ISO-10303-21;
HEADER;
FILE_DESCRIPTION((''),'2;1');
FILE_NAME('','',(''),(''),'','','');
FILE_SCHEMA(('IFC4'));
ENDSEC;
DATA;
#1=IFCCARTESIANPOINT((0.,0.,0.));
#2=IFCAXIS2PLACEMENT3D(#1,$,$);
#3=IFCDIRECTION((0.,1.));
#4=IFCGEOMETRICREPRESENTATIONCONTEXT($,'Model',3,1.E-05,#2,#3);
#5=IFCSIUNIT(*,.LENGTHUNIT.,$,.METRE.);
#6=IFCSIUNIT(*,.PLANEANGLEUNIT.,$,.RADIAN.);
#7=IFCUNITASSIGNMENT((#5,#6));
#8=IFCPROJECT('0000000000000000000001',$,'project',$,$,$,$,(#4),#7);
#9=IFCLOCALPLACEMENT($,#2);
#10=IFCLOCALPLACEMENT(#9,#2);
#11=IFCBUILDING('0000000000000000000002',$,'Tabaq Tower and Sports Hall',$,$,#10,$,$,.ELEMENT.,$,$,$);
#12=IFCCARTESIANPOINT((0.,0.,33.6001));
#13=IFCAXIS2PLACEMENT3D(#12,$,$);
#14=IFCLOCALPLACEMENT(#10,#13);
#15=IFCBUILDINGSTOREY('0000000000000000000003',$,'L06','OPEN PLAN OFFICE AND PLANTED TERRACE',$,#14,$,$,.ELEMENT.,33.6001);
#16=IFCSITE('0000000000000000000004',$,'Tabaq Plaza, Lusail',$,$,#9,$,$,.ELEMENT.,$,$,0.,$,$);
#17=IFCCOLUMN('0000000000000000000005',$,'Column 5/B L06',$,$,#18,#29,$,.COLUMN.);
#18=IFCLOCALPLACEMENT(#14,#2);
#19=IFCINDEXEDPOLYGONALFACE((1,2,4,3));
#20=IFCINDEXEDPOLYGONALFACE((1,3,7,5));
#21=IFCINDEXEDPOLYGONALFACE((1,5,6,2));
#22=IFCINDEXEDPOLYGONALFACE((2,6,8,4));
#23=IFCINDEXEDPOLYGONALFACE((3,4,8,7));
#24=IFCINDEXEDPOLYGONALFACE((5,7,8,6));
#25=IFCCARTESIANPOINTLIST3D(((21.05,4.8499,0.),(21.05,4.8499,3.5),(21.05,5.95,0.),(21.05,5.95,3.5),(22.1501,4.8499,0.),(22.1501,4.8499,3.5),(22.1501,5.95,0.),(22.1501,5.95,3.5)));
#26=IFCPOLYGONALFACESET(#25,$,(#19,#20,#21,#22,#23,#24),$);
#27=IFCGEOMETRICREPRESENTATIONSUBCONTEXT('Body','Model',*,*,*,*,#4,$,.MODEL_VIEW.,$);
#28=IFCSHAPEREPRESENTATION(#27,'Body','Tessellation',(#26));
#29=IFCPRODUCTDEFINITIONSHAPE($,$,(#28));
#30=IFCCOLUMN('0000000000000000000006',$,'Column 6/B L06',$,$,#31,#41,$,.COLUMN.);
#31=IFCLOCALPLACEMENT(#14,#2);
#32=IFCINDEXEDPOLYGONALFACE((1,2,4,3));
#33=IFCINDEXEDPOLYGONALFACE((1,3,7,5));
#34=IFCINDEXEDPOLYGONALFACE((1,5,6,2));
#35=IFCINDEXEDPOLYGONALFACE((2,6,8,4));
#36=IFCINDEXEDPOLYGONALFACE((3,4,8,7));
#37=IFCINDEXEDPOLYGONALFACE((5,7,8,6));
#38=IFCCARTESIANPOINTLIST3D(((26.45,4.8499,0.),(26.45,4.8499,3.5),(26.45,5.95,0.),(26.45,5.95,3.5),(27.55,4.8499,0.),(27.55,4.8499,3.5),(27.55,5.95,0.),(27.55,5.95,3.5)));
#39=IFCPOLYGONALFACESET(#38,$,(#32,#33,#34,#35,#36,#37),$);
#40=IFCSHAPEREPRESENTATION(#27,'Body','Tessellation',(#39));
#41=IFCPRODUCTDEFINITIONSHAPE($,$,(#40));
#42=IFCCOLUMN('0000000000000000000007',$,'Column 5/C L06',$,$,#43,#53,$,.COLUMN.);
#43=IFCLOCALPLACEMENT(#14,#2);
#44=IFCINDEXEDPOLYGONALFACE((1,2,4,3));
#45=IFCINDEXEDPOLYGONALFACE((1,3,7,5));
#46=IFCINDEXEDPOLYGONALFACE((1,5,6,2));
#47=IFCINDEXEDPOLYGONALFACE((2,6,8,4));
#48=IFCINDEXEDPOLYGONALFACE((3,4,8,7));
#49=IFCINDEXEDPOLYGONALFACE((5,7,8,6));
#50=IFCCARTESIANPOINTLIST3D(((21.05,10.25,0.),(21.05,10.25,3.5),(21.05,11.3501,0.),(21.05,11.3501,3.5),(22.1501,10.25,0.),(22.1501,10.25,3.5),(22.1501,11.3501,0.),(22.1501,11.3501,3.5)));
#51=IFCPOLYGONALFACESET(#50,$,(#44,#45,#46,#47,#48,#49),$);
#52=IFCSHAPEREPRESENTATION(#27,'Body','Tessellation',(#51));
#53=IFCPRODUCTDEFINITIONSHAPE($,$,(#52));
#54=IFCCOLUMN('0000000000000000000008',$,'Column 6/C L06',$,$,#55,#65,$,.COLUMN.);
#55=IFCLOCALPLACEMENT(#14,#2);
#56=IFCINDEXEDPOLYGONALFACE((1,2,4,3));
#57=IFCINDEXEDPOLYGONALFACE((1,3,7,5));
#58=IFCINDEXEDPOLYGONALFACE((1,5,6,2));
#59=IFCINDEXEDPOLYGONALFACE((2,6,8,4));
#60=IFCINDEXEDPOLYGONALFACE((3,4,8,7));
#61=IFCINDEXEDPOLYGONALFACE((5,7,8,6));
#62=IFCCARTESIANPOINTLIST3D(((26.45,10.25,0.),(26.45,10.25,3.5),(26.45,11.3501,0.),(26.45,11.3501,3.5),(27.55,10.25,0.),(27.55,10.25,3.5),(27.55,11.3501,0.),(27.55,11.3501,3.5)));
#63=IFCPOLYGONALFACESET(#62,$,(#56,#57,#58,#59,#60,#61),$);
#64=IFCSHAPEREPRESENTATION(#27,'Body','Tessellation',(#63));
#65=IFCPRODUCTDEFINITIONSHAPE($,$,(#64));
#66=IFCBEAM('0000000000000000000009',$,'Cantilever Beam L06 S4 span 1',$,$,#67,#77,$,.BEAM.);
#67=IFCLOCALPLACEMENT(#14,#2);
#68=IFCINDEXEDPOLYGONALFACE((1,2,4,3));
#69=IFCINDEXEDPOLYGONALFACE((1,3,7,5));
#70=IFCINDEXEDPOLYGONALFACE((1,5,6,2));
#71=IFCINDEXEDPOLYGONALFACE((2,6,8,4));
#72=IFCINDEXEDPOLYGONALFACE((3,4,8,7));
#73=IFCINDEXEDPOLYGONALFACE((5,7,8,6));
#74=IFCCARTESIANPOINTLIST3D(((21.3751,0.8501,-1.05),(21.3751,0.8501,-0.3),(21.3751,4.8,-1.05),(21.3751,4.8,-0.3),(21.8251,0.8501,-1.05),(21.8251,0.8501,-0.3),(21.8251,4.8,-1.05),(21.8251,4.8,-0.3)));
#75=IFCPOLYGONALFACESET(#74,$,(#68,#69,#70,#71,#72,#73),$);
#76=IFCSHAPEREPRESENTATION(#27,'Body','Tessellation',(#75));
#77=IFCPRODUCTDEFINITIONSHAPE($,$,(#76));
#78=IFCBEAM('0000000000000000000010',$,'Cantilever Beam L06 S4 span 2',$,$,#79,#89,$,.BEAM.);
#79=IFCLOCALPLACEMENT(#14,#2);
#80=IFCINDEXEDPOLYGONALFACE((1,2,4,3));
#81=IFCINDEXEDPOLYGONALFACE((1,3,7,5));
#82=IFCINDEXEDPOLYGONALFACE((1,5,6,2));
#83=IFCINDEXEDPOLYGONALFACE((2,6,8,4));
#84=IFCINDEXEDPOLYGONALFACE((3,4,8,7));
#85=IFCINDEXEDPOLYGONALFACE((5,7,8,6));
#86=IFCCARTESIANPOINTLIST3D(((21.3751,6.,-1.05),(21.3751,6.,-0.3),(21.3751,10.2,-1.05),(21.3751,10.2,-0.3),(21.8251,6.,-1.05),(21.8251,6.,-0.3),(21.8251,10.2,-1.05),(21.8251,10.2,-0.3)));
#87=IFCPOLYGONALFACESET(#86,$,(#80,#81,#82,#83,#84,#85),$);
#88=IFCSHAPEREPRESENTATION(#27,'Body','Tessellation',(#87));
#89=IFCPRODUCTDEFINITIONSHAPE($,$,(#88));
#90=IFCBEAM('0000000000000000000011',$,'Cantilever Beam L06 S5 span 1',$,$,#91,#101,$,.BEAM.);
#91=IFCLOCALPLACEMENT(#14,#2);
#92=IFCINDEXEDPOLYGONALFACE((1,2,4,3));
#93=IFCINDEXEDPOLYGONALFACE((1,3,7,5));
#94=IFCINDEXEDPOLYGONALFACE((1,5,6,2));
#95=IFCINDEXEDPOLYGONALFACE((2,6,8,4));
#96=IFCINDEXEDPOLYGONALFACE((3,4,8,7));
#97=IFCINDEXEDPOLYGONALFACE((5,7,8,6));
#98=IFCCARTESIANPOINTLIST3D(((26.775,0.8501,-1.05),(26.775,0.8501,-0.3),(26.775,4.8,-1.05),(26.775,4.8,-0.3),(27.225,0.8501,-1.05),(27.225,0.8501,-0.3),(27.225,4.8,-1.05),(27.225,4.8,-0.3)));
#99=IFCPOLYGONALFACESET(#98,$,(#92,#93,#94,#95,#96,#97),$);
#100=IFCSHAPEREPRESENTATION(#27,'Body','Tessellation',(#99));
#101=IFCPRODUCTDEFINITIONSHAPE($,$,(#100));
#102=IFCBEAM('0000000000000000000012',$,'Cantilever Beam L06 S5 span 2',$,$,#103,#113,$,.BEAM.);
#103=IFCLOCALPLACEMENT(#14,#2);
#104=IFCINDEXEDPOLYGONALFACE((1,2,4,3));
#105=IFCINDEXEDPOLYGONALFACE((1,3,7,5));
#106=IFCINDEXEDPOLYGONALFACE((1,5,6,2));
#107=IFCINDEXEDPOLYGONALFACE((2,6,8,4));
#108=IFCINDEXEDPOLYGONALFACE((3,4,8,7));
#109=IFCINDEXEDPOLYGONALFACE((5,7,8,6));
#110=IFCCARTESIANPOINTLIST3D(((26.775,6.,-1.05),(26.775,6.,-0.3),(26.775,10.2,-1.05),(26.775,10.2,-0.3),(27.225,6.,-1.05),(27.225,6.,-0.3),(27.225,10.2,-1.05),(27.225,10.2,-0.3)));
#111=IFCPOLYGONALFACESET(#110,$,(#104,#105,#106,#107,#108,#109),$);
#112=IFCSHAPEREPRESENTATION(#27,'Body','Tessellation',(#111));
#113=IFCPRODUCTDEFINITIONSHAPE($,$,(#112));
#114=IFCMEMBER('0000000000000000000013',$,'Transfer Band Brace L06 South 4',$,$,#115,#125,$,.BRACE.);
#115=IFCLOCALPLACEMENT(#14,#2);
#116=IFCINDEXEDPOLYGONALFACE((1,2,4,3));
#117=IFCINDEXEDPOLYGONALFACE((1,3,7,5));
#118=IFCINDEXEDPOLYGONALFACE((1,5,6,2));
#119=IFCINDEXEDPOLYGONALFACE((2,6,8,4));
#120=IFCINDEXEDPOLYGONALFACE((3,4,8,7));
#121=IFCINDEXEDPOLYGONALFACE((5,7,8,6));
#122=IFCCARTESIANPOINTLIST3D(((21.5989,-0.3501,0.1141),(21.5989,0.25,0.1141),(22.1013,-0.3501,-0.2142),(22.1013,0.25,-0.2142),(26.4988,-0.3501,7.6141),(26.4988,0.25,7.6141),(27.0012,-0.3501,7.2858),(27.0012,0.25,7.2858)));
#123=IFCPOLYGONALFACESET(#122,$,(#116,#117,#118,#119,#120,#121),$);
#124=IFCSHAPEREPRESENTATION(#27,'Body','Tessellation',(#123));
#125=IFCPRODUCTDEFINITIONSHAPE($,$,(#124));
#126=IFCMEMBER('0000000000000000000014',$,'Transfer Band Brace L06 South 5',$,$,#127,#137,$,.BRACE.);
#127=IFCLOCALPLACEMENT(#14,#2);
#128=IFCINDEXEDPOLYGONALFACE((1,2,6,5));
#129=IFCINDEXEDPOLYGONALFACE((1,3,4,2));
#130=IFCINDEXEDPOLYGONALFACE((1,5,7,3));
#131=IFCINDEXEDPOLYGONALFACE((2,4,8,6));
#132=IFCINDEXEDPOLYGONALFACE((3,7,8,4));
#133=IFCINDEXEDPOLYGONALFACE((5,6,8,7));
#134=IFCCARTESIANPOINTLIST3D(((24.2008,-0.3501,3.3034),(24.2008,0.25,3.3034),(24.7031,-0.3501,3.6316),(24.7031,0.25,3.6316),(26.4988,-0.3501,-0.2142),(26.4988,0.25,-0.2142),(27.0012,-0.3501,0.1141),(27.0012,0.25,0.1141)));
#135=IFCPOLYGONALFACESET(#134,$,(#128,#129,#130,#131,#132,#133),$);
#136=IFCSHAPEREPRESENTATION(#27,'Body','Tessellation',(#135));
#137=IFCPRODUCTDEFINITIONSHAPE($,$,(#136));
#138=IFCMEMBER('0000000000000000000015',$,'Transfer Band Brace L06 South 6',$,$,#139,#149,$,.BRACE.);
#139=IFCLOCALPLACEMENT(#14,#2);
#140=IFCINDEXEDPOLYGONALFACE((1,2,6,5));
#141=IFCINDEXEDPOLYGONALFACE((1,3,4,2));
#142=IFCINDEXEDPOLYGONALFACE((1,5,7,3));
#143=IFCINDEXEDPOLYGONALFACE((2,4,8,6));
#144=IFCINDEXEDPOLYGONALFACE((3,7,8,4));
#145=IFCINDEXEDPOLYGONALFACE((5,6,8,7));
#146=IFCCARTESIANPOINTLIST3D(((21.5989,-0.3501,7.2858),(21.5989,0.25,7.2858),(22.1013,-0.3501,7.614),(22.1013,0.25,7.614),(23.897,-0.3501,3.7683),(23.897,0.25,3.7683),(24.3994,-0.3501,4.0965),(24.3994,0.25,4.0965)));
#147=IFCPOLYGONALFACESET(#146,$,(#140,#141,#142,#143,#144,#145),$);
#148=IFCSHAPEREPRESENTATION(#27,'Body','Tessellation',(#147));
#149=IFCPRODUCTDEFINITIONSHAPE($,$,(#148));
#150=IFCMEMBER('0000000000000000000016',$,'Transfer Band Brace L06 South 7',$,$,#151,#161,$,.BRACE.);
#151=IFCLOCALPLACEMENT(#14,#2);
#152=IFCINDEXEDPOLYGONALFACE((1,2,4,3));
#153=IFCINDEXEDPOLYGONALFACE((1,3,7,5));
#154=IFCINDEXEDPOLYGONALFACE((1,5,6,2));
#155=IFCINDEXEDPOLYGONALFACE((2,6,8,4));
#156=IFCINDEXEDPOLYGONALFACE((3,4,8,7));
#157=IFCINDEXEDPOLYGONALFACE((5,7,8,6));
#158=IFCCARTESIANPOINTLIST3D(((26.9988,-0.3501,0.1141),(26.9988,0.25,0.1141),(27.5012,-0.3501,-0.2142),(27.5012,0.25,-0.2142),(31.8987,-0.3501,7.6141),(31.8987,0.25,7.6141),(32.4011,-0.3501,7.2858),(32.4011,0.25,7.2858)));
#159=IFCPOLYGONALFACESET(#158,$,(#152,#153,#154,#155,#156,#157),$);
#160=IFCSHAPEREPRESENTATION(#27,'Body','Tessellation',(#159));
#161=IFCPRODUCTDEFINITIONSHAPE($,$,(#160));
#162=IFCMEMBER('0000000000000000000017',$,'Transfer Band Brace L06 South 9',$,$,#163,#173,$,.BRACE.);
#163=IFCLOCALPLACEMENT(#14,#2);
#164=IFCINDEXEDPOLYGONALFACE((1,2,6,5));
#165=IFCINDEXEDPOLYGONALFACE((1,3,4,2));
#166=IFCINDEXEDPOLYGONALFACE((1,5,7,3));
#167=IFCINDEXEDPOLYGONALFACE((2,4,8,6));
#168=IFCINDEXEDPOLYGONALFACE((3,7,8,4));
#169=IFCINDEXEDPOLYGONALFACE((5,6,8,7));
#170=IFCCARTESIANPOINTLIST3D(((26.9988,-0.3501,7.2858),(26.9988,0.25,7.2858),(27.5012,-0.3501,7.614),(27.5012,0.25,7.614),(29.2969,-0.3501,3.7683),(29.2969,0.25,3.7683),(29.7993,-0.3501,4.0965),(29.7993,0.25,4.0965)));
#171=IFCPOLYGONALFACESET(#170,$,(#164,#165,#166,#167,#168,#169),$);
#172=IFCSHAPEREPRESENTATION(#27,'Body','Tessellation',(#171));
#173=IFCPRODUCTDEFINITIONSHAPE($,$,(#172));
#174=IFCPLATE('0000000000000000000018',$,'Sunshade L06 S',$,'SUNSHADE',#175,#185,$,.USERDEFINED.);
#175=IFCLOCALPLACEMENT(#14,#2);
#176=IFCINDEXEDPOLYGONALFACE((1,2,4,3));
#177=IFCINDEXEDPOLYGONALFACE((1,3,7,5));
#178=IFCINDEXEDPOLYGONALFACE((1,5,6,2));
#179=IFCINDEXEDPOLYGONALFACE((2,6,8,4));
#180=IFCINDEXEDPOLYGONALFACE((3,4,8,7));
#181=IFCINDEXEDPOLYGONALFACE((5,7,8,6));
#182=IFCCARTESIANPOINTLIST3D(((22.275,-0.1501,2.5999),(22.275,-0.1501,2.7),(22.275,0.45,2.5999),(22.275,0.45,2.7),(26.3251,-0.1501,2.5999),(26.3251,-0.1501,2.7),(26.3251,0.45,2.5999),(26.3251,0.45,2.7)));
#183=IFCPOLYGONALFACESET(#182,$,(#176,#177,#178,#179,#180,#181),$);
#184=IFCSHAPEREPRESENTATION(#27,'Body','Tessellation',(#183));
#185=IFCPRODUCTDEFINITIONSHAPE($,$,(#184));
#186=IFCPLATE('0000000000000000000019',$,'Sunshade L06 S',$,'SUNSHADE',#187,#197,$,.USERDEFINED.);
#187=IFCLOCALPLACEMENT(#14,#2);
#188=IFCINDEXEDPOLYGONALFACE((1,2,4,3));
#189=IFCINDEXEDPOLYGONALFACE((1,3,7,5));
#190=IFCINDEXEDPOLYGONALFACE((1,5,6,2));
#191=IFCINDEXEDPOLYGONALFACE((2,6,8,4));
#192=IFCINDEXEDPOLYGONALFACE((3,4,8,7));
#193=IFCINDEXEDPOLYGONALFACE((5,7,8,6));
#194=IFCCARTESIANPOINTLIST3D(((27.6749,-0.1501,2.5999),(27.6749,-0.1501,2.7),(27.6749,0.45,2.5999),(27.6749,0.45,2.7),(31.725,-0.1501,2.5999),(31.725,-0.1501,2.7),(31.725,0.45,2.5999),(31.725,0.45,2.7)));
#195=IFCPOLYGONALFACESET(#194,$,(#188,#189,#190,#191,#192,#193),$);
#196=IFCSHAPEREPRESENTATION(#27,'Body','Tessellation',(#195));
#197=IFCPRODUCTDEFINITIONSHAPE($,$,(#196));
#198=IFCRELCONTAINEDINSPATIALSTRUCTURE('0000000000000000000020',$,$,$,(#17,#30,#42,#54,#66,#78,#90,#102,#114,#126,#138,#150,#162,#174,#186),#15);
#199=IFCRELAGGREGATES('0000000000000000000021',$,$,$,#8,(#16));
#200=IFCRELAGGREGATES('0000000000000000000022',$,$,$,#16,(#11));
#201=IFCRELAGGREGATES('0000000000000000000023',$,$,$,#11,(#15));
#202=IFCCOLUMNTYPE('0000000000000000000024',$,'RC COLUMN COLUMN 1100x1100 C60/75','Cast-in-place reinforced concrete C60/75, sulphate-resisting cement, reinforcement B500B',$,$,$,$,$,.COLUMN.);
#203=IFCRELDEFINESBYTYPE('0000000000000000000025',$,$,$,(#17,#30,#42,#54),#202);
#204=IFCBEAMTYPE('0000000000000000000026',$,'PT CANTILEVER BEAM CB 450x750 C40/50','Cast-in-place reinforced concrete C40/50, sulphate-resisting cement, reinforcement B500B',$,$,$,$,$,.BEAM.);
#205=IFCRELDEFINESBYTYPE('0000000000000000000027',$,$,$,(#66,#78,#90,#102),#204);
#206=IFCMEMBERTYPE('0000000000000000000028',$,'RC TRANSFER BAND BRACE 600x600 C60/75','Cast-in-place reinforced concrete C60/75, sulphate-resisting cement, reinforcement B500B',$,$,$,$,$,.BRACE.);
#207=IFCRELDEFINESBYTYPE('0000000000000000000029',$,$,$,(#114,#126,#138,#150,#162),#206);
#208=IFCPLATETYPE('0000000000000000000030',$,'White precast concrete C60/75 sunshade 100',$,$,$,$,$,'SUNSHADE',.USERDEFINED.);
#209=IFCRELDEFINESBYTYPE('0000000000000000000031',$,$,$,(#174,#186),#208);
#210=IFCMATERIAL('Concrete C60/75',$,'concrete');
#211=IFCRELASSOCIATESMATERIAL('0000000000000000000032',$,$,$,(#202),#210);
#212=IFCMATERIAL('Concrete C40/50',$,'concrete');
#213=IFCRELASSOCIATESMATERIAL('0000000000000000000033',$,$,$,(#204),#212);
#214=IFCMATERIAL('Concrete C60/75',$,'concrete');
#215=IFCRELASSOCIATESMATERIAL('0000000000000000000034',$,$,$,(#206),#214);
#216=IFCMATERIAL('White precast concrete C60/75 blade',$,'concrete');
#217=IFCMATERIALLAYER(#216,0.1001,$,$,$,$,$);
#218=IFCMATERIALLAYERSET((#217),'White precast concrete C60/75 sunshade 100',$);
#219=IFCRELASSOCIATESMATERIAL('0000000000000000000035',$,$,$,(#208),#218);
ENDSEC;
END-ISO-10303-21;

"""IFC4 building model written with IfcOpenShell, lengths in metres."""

from ifc_helpers import new_model, si_unit, direction, frame, origin, origin_2d, place, context, subcontext, project, spatial, rectangle, extrude, material, layer, layer_set, material_profile, profile_set, type_object, element, save


model = new_model("IFC4")

# Units and contexts
model_context = context("Model", 3, precision=1e-05, world=origin(), true_north=direction((0.0, 1.0)))
body_context = subcontext(model_context, "Body", "Model", "MODEL_VIEW")
ifc_project = project(units=[si_unit("LENGTHUNIT", "METRE"), si_unit("PLANEANGLEUNIT", "RADIAN")], contexts=[model_context])

# Site, building, storey
site_placement = place(None, origin())
site = spatial("IfcSite", under=ifc_project, at=site_placement, Name="Tabaq Plaza, Lusail", CompositionType="ELEMENT", RefElevation=0.0)
building_placement = place(site_placement, origin())
building = spatial("IfcBuilding", under=site, at=building_placement, Name="Tabaq Tower and Sports Hall", CompositionType="ELEMENT")
storey_placement = place(building_placement, frame((0.0, 0.0, 33.6001)))
storey = spatial("IfcBuildingStorey", under=building, at=storey_placement, Name="L06", Description="OPEN PLAN OFFICE AND PLANTED TERRACE", CompositionType="ELEMENT", Elevation=33.6001)

# Columns
ifc_material_1 = material(Name="Concrete C60/75", Category="concrete")
ifc_material_profile_1 = material_profile(ifc_material_1, rectangle(XDim=1.1001, YDim=1.1001, at=origin_2d()), Name="COLUMN 1100x1100")
ifc_profile_set_1 = profile_set([ifc_material_profile_1], Name="Concrete C60/75")
column_type = type_object("IfcColumnType", Name="RC COLUMN COLUMN 1100x1100 C60/75", Description="Cast-in-place reinforced concrete C60/75, sulphate-resisting cement, reinforcement B500B", PredefinedType="COLUMN", material=ifc_profile_set_1)
for number, where, z_axis, x_axis, name in (
    (1, (21.6001, 5.3999, 0.0), (0.0, 0.0, 1.0), (1.0, 0.0, 0.0), "Column 5/B L06"),
    (2, (27.0, 5.3999, 0.0), (0.0, 0.0, 1.0), (1.0, 0.0, 0.0), "Column 6/B L06"),
    (3, (21.6001, 10.8, 0.0), (0.0, 0.0, 1.0), (1.0, 0.0, 0.0), "Column 5/C L06"),
    (4, (27.0, 10.8, 0.0), (0.0, 0.0, 1.0), (1.0, 0.0, 0.0), "Column 6/C L06"),
):
    element("IfcColumn", number, at=place(storey_placement, frame(where, z_axis=z_axis, x_axis=x_axis)), inside=storey, type_object=column_type, Name=name, PredefinedType="COLUMN", context=body_context, shape_type="SweptSolid", body=[
        extrude(rectangle(XDim=1.1001, YDim=1.1001, at=origin_2d()), origin(), (0.0, 0.0, 1.0), 3.5),
    ])

# Beams
ifc_material_2 = material(Name="Concrete C40/50", Category="concrete")
ifc_material_profile_2 = material_profile(ifc_material_2, rectangle(XDim=0.45, YDim=0.75, at=origin_2d()), Name="CB 450x750")
ifc_profile_set_2 = profile_set([ifc_material_profile_2], Name="Concrete C40/50")
beam_type = type_object("IfcBeamType", Name="PT CANTILEVER BEAM CB 450x750 C40/50", Description="Cast-in-place reinforced concrete C40/50, sulphate-resisting cement, reinforcement B500B", PredefinedType="BEAM", material=ifc_profile_set_2)
beam_1_placement = place(storey_placement, frame((21.6001, 0.8501, -0.675), z_axis=(0.0, 1.0, 0.0), x_axis=(-1.0, 0.0, 0.0)))
element("IfcBeam", 5, at=beam_1_placement, inside=storey, type_object=beam_type, Name="Cantilever Beam L06 S4 span 1", PredefinedType="BEAM", context=body_context, shape_type="SweptSolid", body=[
    extrude(rectangle(XDim=0.45, YDim=0.75, at=origin_2d()), origin(), (0.0, 0.0, 1.0), 3.95),
])
beam_2_placement = place(storey_placement, frame((21.6001, 6.0, -0.675), z_axis=(0.0, 1.0, 0.0), x_axis=(-1.0, 0.0, 0.0)))
element("IfcBeam", 6, at=beam_2_placement, inside=storey, type_object=beam_type, Name="Cantilever Beam L06 S4 span 2", PredefinedType="BEAM", context=body_context, shape_type="SweptSolid", body=[
    extrude(rectangle(XDim=0.45, YDim=0.75, at=origin_2d()), origin(), (0.0, 0.0, 1.0), 4.2),
])
beam_3_placement = place(storey_placement, frame((27.0, 0.8501, -0.675), z_axis=(0.0, 1.0, 0.0), x_axis=(-1.0, 0.0, 0.0)))
element("IfcBeam", 7, at=beam_3_placement, inside=storey, type_object=beam_type, Name="Cantilever Beam L06 S5 span 1", PredefinedType="BEAM", context=body_context, shape_type="SweptSolid", body=[
    extrude(rectangle(XDim=0.45, YDim=0.75, at=origin_2d()), origin(), (0.0, 0.0, 1.0), 3.95),
])
beam_4_placement = place(storey_placement, frame((27.0, 6.0, -0.675), z_axis=(0.0, 1.0, 0.0), x_axis=(-1.0, 0.0, 0.0)))
element("IfcBeam", 8, at=beam_4_placement, inside=storey, type_object=beam_type, Name="Cantilever Beam L06 S5 span 2", PredefinedType="BEAM", context=body_context, shape_type="SweptSolid", body=[
    extrude(rectangle(XDim=0.45, YDim=0.75, at=origin_2d()), origin(), (0.0, 0.0, 1.0), 4.2),
])

# Members
ifc_material_3 = material(Name="Concrete C60/75", Category="concrete")
ifc_material_profile_3 = material_profile(ifc_material_3, rectangle(XDim=0.6001, YDim=0.6001, at=origin_2d()), Name="TRANSFER BAND BRACE 600x600")
ifc_profile_set_3 = profile_set([ifc_material_profile_3], Name="Concrete C60/75")
member_type = type_object("IfcMemberType", Name="RC TRANSFER BAND BRACE 600x600 C60/75", Description="Cast-in-place reinforced concrete C60/75, sulphate-resisting cement, reinforcement B500B", PredefinedType="BRACE", material=ifc_profile_set_3)
member_1_placement = place(storey_placement, frame((21.8501, -0.05, -0.05), z_axis=(0.546941, 0.0, 0.837171), x_axis=(0.0, 1.0, 0.0)))
element("IfcMember", 9, at=member_1_placement, inside=storey, type_object=member_type, Name="Transfer Band Brace L06 South 4", PredefinedType="BRACE", context=body_context, shape_type="SweptSolid", body=[
    extrude(rectangle(XDim=0.6001, YDim=0.6001, at=origin_2d()), origin(), (0.0, 0.0, 1.0), 8.9587),
])
for number, where, z_axis, x_axis, name in (
    (10, (26.75, -0.05, -0.05), (-0.546939, 0.0, 0.837172), (0.0, -1.0, 0.0), "Transfer Band Brace L06 South 5"),
    (11, (24.1482, -0.05, 3.9324), (-0.546939, 0.0, 0.837172), (0.0, -1.0, 0.0), "Transfer Band Brace L06 South 6"),
):
    element("IfcMember", number, at=place(storey_placement, frame(where, z_axis=z_axis, x_axis=x_axis)), inside=storey, type_object=member_type, Name=name, PredefinedType="BRACE", context=body_context, shape_type="SweptSolid", body=[
        extrude(rectangle(XDim=0.6001, YDim=0.6001, at=origin_2d()), origin(), (0.0, 0.0, 1.0), 4.2017),
    ])
member_2_placement = place(storey_placement, frame((27.25, -0.05, -0.05), z_axis=(0.546941, 0.0, 0.837171), x_axis=(0.0, 1.0, 0.0)))
element("IfcMember", 12, at=member_2_placement, inside=storey, type_object=member_type, Name="Transfer Band Brace L06 South 7", PredefinedType="BRACE", context=body_context, shape_type="SweptSolid", body=[
    extrude(rectangle(XDim=0.6001, YDim=0.6001, at=origin_2d()), origin(), (0.0, 0.0, 1.0), 8.9587),
])
member_3_placement = place(storey_placement, frame((29.5481, -0.05, 3.9324), z_axis=(-0.546939, 0.0, 0.837172), x_axis=(0.0, -1.0, 0.0)))
element("IfcMember", 13, at=member_3_placement, inside=storey, type_object=member_type, Name="Transfer Band Brace L06 South 9", PredefinedType="BRACE", context=body_context, shape_type="SweptSolid", body=[
    extrude(rectangle(XDim=0.6001, YDim=0.6001, at=origin_2d()), origin(), (0.0, 0.0, 1.0), 4.2017),
])

# Plates
ifc_material_4 = material(Name="White precast concrete C60/75 blade", Category="concrete")
ifc_layer_1 = layer(ifc_material_4, 0.1001)
ifc_layer_set_1 = layer_set([ifc_layer_1], Name="White precast concrete C60/75 sunshade 100")
plate_type = type_object("IfcPlateType", Name="White precast concrete C60/75 sunshade 100", ElementType="SUNSHADE", PredefinedType="USERDEFINED", material=ifc_layer_set_1)
for number, where, z_axis, x_axis, name in (
    (14, (24.3, 0.1499, 2.5999), (0.0, 0.0, 1.0), (1.0, 0.0, 0.0), "Sunshade L06 S"),
    (15, (29.7, 0.1499, 2.5999), (0.0, 0.0, 1.0), (1.0, 0.0, 0.0), "Sunshade L06 S"),
):
    element("IfcPlate", number, at=place(storey_placement, frame(where, z_axis=z_axis, x_axis=x_axis)), inside=storey, type_object=plate_type, Name=name, ObjectType="SUNSHADE", PredefinedType="USERDEFINED", context=body_context, shape_type="SweptSolid", body=[
        extrude(rectangle(XDim=4.05, YDim=0.6001, at=origin_2d()), origin(), (0.0, 0.0, 1.0), 0.1001),
    ])

save(model, "model.ifc")
